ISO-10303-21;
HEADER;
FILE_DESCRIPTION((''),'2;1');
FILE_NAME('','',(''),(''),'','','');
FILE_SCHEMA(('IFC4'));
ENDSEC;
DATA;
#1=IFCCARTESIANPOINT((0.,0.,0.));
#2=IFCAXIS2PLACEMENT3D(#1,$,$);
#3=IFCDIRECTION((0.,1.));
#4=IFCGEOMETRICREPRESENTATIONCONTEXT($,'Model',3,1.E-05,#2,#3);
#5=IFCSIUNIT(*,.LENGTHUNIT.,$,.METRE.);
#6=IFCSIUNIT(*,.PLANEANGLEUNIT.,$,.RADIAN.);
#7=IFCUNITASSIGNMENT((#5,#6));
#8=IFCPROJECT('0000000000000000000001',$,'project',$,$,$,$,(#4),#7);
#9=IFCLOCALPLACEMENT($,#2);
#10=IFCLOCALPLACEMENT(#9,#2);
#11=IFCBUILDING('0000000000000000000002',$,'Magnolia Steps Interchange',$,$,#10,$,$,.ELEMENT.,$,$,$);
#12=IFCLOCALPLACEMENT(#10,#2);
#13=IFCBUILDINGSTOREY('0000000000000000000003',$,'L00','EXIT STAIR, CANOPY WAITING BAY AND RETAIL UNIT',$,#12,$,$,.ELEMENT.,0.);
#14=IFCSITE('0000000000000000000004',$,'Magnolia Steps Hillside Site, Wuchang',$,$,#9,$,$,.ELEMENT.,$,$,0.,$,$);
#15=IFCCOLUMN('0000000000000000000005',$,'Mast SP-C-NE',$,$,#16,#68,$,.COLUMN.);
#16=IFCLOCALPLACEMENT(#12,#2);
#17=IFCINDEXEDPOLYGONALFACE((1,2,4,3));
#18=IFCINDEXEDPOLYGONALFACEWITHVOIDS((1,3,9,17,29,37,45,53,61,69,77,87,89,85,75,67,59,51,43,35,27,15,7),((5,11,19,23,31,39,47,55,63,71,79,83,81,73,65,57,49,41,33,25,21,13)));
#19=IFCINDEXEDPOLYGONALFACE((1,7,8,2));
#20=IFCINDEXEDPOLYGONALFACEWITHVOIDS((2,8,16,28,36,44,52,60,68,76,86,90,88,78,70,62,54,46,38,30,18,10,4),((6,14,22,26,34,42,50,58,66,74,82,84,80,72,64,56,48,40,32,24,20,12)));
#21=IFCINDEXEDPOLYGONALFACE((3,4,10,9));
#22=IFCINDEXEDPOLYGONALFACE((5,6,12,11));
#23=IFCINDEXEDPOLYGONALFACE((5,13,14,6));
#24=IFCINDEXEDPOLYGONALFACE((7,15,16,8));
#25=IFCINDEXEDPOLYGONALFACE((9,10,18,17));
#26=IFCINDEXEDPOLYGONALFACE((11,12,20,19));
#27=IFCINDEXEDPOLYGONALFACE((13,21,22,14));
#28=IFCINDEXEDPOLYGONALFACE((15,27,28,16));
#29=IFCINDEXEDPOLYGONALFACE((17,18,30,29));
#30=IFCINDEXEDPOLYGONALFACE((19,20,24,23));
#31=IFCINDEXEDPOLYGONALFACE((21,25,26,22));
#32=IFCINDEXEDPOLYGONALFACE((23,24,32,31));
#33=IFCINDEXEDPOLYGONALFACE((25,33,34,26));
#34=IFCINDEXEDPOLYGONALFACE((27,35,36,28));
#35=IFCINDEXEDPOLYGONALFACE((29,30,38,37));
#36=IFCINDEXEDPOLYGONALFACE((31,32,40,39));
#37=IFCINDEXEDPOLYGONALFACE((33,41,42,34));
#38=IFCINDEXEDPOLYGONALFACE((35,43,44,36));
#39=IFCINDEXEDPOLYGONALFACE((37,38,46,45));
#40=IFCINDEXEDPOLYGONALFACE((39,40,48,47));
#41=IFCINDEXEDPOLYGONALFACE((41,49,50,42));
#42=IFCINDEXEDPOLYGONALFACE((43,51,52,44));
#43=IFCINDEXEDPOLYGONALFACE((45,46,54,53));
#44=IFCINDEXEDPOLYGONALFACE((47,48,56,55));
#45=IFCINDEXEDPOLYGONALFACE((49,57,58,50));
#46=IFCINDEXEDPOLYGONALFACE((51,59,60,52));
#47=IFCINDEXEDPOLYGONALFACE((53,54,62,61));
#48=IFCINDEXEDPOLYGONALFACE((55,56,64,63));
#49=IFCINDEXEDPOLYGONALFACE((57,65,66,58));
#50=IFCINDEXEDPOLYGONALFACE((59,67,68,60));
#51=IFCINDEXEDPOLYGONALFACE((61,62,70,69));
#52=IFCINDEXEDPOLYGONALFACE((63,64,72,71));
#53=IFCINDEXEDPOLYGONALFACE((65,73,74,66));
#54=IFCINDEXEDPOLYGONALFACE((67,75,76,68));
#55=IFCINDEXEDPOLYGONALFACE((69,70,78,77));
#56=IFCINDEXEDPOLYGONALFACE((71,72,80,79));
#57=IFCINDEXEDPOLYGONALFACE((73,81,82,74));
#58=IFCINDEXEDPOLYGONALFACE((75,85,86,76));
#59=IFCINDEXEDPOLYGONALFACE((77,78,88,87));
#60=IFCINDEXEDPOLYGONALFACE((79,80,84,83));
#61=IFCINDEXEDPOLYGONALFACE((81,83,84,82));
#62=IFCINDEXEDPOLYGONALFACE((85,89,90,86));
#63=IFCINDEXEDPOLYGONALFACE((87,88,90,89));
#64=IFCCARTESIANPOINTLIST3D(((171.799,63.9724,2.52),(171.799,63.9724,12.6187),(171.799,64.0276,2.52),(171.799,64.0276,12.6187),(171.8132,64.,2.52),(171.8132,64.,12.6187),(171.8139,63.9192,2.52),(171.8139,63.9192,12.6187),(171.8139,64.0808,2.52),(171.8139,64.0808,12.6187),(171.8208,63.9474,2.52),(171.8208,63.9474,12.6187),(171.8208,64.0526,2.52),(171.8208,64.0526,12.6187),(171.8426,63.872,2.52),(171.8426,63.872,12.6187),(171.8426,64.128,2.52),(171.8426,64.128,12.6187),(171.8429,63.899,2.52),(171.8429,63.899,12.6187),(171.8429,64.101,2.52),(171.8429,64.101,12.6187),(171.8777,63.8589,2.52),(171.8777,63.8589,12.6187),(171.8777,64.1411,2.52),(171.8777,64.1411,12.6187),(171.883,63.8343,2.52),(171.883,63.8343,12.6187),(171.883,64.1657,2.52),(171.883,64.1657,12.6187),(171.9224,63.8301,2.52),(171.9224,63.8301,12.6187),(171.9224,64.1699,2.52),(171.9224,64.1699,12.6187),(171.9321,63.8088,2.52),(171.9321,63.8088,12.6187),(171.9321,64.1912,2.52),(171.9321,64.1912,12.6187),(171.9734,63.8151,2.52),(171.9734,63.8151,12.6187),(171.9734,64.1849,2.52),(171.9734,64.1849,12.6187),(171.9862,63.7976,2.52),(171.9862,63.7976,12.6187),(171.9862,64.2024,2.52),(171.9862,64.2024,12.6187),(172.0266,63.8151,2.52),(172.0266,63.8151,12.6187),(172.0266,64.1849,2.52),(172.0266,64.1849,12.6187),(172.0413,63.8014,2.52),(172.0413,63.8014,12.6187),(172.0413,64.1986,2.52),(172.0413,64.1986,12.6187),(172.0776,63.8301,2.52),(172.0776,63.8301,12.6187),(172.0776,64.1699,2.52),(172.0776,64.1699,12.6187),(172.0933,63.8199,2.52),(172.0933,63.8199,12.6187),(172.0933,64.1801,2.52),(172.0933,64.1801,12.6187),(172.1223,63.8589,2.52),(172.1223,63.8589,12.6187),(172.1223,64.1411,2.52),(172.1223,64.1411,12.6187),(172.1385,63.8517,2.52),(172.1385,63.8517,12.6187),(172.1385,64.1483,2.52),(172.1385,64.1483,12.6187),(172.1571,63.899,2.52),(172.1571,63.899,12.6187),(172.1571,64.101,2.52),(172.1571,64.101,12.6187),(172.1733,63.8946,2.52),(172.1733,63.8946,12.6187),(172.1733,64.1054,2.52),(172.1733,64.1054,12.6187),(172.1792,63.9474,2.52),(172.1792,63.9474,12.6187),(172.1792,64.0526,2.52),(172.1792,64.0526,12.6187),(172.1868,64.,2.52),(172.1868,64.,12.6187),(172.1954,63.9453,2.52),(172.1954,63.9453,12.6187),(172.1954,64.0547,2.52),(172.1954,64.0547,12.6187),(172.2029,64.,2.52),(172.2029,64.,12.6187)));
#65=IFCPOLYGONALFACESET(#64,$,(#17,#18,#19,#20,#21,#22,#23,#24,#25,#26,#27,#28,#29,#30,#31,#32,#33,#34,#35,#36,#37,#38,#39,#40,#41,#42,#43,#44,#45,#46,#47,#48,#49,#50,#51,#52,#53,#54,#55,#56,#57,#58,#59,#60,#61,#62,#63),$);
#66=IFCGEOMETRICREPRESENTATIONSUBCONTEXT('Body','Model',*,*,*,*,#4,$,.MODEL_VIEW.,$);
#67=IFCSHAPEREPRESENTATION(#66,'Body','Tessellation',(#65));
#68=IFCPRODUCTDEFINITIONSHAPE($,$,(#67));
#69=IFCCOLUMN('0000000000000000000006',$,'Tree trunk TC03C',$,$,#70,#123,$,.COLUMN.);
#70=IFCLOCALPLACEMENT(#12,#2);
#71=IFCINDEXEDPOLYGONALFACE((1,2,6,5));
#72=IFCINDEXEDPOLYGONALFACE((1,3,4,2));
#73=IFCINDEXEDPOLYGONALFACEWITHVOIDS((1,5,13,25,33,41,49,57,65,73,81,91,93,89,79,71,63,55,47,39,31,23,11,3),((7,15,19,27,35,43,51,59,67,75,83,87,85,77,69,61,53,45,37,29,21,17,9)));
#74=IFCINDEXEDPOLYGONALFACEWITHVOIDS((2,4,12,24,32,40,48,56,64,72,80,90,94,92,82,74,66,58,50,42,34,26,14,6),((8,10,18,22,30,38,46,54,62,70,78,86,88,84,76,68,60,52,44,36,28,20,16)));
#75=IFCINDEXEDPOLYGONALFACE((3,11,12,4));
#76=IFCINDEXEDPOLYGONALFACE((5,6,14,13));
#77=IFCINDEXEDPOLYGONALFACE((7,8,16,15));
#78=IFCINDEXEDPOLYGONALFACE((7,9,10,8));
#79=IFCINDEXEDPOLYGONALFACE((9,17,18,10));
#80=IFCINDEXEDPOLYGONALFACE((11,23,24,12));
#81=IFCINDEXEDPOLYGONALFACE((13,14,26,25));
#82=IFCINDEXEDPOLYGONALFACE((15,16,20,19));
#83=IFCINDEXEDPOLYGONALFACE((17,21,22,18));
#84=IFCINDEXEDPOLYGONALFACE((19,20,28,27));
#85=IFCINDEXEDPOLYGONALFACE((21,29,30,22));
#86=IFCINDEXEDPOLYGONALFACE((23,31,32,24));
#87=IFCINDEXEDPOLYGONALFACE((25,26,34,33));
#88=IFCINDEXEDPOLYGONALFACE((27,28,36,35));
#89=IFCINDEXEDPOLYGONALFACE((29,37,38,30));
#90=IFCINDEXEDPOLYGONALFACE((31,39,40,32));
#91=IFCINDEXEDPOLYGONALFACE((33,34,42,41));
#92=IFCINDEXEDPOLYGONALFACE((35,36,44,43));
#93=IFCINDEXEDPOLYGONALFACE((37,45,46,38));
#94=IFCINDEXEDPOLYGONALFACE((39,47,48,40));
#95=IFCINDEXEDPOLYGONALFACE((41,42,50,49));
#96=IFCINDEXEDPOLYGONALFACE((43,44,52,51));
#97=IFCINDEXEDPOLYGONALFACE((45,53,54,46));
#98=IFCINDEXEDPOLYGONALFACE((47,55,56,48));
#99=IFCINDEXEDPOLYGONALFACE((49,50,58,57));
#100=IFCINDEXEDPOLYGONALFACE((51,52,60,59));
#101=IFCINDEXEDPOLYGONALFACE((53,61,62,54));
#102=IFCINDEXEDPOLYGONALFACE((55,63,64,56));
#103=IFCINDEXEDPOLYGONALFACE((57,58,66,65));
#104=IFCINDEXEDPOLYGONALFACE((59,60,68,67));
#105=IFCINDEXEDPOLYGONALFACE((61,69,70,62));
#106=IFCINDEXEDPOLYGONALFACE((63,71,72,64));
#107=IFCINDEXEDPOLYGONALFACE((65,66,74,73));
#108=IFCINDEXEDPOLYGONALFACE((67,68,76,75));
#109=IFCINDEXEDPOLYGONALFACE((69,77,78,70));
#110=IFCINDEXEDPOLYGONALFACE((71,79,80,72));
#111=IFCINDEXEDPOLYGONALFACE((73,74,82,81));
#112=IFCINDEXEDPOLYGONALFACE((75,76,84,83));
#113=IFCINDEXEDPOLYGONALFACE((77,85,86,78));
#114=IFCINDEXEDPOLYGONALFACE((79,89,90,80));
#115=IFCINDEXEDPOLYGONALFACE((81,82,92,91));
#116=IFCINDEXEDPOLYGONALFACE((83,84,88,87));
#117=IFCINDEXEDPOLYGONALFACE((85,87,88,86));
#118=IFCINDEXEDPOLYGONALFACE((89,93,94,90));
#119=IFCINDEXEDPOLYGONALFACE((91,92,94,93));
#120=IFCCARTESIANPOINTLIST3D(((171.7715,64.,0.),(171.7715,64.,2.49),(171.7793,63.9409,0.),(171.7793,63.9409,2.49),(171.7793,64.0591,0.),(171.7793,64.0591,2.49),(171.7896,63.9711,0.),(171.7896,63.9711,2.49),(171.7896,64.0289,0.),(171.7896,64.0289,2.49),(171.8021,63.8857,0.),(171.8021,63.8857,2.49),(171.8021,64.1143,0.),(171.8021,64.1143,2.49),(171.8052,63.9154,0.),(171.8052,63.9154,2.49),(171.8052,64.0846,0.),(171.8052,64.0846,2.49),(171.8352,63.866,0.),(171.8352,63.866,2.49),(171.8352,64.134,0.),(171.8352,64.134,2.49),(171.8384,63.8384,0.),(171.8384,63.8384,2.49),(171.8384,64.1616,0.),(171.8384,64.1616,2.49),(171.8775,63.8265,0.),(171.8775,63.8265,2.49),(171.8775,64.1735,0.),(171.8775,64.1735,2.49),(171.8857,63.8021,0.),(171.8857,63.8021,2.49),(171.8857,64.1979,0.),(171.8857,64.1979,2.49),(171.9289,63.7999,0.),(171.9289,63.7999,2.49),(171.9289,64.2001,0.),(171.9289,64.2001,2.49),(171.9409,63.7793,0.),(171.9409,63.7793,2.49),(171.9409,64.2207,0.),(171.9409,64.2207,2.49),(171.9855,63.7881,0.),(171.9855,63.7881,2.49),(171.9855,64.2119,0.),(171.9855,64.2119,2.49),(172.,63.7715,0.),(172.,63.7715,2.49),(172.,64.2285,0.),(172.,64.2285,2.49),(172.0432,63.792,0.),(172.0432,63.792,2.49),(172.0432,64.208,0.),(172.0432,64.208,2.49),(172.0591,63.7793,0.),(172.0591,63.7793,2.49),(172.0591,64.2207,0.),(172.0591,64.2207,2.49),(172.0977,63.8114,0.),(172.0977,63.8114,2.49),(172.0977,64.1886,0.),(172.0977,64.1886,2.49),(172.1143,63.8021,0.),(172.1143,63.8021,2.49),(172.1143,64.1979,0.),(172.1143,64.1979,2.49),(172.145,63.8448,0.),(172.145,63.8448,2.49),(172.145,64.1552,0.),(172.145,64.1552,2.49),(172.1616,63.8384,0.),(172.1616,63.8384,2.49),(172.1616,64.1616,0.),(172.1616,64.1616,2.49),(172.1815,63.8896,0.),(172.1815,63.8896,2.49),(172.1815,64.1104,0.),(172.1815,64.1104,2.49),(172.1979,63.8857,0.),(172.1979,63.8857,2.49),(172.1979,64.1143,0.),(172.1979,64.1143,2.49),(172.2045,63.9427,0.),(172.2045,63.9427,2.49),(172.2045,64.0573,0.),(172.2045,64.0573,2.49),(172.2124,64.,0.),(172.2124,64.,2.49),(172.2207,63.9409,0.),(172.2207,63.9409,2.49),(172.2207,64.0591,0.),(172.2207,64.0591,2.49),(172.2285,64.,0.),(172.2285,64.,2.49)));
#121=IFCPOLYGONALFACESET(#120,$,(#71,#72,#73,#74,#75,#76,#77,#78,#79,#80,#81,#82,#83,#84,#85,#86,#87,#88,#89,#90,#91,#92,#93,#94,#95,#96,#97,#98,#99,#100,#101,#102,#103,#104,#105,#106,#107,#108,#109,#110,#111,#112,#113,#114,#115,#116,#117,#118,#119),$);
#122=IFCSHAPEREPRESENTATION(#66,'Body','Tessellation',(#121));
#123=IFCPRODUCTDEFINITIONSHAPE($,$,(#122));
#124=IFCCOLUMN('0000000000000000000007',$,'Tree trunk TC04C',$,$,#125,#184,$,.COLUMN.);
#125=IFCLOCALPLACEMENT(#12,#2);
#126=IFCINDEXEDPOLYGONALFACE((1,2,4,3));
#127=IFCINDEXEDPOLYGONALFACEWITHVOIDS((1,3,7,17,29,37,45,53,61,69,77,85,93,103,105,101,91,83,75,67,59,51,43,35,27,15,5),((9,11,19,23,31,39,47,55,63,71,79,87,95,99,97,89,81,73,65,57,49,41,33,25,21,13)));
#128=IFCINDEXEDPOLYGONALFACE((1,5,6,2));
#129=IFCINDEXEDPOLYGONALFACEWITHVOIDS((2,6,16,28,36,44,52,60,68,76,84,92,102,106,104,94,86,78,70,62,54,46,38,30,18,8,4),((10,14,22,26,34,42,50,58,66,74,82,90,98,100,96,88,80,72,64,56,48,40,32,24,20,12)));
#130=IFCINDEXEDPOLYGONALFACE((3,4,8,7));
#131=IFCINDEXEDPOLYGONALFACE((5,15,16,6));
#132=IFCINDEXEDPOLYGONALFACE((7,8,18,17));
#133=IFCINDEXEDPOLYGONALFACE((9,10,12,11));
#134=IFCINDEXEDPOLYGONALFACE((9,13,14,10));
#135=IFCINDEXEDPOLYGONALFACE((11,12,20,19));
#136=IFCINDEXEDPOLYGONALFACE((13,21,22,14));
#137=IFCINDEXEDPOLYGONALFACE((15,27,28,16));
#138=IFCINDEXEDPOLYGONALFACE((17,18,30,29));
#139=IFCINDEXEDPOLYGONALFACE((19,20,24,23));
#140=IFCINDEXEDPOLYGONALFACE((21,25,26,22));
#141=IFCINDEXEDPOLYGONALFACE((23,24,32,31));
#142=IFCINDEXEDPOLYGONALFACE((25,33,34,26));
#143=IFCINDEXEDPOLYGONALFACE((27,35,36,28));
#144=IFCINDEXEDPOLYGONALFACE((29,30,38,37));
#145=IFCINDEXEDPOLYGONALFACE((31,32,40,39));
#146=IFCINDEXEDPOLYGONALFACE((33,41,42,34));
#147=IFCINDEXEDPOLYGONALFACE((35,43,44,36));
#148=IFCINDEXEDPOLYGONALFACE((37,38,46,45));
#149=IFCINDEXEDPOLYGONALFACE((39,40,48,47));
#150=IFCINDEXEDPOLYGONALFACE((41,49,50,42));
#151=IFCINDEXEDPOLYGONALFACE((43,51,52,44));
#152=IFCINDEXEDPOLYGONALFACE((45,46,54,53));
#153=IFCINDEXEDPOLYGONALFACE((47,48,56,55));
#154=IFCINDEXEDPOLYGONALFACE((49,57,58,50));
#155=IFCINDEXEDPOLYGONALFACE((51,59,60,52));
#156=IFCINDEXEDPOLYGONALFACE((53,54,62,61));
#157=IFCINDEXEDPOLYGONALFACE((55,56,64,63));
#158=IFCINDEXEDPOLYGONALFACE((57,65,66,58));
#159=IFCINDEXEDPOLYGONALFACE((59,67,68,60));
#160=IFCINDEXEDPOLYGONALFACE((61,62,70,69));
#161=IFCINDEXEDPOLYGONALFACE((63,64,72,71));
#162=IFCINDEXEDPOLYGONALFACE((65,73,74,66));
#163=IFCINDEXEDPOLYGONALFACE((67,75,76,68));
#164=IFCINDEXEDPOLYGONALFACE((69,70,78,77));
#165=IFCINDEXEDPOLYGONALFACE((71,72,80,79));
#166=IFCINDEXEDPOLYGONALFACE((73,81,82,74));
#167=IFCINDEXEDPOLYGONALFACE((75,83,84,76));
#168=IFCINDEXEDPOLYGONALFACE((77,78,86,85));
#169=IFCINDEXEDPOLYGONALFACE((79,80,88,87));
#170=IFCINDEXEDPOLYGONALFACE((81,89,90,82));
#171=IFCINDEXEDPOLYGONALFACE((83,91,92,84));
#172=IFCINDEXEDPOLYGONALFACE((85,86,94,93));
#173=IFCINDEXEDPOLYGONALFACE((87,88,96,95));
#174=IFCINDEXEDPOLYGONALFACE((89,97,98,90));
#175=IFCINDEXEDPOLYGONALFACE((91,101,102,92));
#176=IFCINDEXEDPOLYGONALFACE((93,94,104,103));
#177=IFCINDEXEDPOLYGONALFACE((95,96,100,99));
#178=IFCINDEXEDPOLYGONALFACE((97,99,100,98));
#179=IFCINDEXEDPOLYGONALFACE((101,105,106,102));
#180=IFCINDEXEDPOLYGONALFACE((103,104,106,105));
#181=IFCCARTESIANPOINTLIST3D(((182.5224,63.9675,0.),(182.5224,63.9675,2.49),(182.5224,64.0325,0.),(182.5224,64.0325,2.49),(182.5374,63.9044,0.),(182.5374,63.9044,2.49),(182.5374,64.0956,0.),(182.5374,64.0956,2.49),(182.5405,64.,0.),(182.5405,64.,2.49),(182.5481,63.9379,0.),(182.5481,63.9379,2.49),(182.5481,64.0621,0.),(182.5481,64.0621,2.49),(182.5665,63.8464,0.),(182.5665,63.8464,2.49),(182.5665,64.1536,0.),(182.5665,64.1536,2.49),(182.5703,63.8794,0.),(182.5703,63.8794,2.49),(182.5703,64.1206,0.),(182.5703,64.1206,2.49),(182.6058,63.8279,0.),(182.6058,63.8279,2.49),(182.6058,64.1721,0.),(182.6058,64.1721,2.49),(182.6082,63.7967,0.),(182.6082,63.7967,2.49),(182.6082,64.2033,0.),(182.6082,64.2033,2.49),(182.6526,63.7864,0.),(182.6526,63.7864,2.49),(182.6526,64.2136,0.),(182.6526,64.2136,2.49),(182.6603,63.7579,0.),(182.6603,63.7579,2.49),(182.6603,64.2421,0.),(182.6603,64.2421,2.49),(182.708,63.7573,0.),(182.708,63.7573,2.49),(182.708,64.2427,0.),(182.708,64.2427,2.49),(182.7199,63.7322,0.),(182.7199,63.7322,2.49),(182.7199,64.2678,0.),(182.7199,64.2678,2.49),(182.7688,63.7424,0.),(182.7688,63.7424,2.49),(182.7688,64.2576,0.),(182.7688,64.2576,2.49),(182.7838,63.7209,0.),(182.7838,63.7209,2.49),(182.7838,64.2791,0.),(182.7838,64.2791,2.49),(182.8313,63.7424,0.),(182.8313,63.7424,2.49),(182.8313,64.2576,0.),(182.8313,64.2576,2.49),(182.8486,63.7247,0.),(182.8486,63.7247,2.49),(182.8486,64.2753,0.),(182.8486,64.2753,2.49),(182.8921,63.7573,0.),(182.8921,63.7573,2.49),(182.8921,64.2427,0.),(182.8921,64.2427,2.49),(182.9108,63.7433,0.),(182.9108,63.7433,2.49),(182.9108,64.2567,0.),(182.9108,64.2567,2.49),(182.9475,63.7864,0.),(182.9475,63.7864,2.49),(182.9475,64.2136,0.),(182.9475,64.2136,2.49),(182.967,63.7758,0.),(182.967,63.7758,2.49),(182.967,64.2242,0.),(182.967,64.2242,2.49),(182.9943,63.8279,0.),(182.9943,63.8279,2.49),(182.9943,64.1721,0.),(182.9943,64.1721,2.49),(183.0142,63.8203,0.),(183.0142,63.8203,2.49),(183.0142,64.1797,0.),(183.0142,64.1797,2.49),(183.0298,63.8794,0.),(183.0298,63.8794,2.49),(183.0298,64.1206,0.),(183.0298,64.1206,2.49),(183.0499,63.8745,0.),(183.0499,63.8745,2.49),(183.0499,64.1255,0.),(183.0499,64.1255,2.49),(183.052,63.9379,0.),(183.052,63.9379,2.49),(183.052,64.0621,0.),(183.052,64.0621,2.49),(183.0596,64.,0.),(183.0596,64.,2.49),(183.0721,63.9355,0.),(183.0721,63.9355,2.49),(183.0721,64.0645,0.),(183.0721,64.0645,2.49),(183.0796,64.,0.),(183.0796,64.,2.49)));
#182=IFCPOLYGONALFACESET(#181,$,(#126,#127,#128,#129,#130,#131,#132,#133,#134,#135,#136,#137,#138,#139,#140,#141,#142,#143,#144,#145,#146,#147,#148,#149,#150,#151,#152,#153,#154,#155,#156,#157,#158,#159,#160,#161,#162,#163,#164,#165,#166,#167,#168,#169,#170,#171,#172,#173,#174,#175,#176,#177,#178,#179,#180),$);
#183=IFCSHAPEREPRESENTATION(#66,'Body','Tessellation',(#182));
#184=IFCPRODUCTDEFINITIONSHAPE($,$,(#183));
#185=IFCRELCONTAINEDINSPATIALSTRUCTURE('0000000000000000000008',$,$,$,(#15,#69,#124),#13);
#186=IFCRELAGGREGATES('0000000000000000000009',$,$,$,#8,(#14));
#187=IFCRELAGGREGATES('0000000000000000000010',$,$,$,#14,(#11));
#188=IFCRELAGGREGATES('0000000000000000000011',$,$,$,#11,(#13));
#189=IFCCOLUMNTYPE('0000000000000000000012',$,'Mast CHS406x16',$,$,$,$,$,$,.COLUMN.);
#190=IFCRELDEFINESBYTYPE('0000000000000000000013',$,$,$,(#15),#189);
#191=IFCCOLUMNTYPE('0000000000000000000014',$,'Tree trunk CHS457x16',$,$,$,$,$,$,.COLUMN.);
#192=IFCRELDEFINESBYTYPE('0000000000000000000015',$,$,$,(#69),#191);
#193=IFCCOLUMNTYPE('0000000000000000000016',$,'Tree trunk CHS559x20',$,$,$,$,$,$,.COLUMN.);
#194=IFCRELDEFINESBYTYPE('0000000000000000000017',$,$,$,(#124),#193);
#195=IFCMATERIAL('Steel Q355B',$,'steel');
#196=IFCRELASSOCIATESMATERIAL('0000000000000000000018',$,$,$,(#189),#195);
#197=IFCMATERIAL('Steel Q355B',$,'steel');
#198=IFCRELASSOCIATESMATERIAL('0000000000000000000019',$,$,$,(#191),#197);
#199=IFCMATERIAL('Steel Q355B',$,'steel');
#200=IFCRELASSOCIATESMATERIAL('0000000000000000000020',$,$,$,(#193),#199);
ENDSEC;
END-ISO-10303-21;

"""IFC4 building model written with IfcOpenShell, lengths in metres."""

from ifc_helpers import new_model, si_unit, direction, frame, origin, origin_2d, place, context, subcontext, project, spatial, hollow_circle, extrude, material, material_profile, profile_set, type_object, element, save


model = new_model("IFC4")

# Units and contexts
model_context = context("Model", 3, precision=1e-05, world=origin(), true_north=direction((0.0, 1.0)))
body_context = subcontext(model_context, "Body", "Model", "MODEL_VIEW")
ifc_project = project(units=[si_unit("LENGTHUNIT", "METRE"), si_unit("PLANEANGLEUNIT", "RADIAN")], contexts=[model_context])

# Site, building, storey
site_placement = place(None, origin())
site = spatial("IfcSite", under=ifc_project, at=site_placement, Name="Magnolia Steps Hillside Site, Wuchang", CompositionType="ELEMENT", RefElevation=0.0)
building_placement = place(site_placement, origin())
building = spatial("IfcBuilding", under=site, at=building_placement, Name="Magnolia Steps Interchange", CompositionType="ELEMENT")
storey_placement = place(building_placement, origin())
storey = spatial("IfcBuildingStorey", under=building, at=storey_placement, Name="L00", Description="EXIT STAIR, CANOPY WAITING BAY AND RETAIL UNIT", CompositionType="ELEMENT", Elevation=0.0)

# Columns
ifc_material_1 = material(Name="Steel Q355B", Category="steel")
ifc_material_profile_1 = material_profile(ifc_material_1, hollow_circle(Radius=0.2029, WallThickness=0.0161, at=origin_2d()), Name="CHS406x16")
ifc_profile_set_1 = profile_set([ifc_material_profile_1], Name="Steel Q355B")
column_type_1 = type_object("IfcColumnType", Name="Mast CHS406x16", PredefinedType="COLUMN", material=ifc_profile_set_1)
column_1_placement = place(storey_placement, frame((172.0, 64.0, 2.52), z_axis=(0.0, 0.0, 1.0), x_axis=(1.0, 0.0, 0.0)))
element("IfcColumn", 1, at=column_1_placement, inside=storey, type_object=column_type_1, Name="Mast SP-C-NE", PredefinedType="COLUMN", context=body_context, shape_type="SweptSolid", body=[
    extrude(hollow_circle(Radius=0.2029, WallThickness=0.0161, at=origin_2d()), origin(), (0.0, 0.0, 1.0), 10.0986),
])
ifc_material_2 = material(Name="Steel Q355B", Category="steel")
ifc_material_profile_2 = material_profile(ifc_material_2, hollow_circle(Radius=0.2285, WallThickness=0.0161, at=origin_2d()), Name="CHS457x16")
ifc_profile_set_2 = profile_set([ifc_material_profile_2], Name="Steel Q355B")
column_type_2 = type_object("IfcColumnType", Name="Tree trunk CHS457x16", PredefinedType="COLUMN", material=ifc_profile_set_2)
column_2_placement = place(storey_placement, frame((172.0, 64.0, 0.0), z_axis=(0.0, 0.0, 1.0), x_axis=(1.0, 0.0, 0.0)))
element("IfcColumn", 2, at=column_2_placement, inside=storey, type_object=column_type_2, Name="Tree trunk TC03C", PredefinedType="COLUMN", context=body_context, shape_type="SweptSolid", body=[
    extrude(hollow_circle(Radius=0.2285, WallThickness=0.0161, at=origin_2d()), origin(), (0.0, 0.0, 1.0), 2.49),
])
ifc_material_3 = material(Name="Steel Q355B", Category="steel")
ifc_material_profile_3 = material_profile(ifc_material_3, hollow_circle(Radius=0.2795, WallThickness=0.02, at=origin_2d()), Name="CHS559x20")
ifc_profile_set_3 = profile_set([ifc_material_profile_3], Name="Steel Q355B")
column_type_3 = type_object("IfcColumnType", Name="Tree trunk CHS559x20", PredefinedType="COLUMN", material=ifc_profile_set_3)
column_3_placement = place(storey_placement, frame((182.8, 64.0, 0.0), z_axis=(0.0, 0.0, 1.0), x_axis=(1.0, 0.0, 0.0)))
element("IfcColumn", 3, at=column_3_placement, inside=storey, type_object=column_type_3, Name="Tree trunk TC04C", PredefinedType="COLUMN", context=body_context, shape_type="SweptSolid", body=[
    extrude(hollow_circle(Radius=0.2795, WallThickness=0.02, at=origin_2d()), origin(), (0.0, 0.0, 1.0), 2.49),
])

save(model, "model.ifc")
